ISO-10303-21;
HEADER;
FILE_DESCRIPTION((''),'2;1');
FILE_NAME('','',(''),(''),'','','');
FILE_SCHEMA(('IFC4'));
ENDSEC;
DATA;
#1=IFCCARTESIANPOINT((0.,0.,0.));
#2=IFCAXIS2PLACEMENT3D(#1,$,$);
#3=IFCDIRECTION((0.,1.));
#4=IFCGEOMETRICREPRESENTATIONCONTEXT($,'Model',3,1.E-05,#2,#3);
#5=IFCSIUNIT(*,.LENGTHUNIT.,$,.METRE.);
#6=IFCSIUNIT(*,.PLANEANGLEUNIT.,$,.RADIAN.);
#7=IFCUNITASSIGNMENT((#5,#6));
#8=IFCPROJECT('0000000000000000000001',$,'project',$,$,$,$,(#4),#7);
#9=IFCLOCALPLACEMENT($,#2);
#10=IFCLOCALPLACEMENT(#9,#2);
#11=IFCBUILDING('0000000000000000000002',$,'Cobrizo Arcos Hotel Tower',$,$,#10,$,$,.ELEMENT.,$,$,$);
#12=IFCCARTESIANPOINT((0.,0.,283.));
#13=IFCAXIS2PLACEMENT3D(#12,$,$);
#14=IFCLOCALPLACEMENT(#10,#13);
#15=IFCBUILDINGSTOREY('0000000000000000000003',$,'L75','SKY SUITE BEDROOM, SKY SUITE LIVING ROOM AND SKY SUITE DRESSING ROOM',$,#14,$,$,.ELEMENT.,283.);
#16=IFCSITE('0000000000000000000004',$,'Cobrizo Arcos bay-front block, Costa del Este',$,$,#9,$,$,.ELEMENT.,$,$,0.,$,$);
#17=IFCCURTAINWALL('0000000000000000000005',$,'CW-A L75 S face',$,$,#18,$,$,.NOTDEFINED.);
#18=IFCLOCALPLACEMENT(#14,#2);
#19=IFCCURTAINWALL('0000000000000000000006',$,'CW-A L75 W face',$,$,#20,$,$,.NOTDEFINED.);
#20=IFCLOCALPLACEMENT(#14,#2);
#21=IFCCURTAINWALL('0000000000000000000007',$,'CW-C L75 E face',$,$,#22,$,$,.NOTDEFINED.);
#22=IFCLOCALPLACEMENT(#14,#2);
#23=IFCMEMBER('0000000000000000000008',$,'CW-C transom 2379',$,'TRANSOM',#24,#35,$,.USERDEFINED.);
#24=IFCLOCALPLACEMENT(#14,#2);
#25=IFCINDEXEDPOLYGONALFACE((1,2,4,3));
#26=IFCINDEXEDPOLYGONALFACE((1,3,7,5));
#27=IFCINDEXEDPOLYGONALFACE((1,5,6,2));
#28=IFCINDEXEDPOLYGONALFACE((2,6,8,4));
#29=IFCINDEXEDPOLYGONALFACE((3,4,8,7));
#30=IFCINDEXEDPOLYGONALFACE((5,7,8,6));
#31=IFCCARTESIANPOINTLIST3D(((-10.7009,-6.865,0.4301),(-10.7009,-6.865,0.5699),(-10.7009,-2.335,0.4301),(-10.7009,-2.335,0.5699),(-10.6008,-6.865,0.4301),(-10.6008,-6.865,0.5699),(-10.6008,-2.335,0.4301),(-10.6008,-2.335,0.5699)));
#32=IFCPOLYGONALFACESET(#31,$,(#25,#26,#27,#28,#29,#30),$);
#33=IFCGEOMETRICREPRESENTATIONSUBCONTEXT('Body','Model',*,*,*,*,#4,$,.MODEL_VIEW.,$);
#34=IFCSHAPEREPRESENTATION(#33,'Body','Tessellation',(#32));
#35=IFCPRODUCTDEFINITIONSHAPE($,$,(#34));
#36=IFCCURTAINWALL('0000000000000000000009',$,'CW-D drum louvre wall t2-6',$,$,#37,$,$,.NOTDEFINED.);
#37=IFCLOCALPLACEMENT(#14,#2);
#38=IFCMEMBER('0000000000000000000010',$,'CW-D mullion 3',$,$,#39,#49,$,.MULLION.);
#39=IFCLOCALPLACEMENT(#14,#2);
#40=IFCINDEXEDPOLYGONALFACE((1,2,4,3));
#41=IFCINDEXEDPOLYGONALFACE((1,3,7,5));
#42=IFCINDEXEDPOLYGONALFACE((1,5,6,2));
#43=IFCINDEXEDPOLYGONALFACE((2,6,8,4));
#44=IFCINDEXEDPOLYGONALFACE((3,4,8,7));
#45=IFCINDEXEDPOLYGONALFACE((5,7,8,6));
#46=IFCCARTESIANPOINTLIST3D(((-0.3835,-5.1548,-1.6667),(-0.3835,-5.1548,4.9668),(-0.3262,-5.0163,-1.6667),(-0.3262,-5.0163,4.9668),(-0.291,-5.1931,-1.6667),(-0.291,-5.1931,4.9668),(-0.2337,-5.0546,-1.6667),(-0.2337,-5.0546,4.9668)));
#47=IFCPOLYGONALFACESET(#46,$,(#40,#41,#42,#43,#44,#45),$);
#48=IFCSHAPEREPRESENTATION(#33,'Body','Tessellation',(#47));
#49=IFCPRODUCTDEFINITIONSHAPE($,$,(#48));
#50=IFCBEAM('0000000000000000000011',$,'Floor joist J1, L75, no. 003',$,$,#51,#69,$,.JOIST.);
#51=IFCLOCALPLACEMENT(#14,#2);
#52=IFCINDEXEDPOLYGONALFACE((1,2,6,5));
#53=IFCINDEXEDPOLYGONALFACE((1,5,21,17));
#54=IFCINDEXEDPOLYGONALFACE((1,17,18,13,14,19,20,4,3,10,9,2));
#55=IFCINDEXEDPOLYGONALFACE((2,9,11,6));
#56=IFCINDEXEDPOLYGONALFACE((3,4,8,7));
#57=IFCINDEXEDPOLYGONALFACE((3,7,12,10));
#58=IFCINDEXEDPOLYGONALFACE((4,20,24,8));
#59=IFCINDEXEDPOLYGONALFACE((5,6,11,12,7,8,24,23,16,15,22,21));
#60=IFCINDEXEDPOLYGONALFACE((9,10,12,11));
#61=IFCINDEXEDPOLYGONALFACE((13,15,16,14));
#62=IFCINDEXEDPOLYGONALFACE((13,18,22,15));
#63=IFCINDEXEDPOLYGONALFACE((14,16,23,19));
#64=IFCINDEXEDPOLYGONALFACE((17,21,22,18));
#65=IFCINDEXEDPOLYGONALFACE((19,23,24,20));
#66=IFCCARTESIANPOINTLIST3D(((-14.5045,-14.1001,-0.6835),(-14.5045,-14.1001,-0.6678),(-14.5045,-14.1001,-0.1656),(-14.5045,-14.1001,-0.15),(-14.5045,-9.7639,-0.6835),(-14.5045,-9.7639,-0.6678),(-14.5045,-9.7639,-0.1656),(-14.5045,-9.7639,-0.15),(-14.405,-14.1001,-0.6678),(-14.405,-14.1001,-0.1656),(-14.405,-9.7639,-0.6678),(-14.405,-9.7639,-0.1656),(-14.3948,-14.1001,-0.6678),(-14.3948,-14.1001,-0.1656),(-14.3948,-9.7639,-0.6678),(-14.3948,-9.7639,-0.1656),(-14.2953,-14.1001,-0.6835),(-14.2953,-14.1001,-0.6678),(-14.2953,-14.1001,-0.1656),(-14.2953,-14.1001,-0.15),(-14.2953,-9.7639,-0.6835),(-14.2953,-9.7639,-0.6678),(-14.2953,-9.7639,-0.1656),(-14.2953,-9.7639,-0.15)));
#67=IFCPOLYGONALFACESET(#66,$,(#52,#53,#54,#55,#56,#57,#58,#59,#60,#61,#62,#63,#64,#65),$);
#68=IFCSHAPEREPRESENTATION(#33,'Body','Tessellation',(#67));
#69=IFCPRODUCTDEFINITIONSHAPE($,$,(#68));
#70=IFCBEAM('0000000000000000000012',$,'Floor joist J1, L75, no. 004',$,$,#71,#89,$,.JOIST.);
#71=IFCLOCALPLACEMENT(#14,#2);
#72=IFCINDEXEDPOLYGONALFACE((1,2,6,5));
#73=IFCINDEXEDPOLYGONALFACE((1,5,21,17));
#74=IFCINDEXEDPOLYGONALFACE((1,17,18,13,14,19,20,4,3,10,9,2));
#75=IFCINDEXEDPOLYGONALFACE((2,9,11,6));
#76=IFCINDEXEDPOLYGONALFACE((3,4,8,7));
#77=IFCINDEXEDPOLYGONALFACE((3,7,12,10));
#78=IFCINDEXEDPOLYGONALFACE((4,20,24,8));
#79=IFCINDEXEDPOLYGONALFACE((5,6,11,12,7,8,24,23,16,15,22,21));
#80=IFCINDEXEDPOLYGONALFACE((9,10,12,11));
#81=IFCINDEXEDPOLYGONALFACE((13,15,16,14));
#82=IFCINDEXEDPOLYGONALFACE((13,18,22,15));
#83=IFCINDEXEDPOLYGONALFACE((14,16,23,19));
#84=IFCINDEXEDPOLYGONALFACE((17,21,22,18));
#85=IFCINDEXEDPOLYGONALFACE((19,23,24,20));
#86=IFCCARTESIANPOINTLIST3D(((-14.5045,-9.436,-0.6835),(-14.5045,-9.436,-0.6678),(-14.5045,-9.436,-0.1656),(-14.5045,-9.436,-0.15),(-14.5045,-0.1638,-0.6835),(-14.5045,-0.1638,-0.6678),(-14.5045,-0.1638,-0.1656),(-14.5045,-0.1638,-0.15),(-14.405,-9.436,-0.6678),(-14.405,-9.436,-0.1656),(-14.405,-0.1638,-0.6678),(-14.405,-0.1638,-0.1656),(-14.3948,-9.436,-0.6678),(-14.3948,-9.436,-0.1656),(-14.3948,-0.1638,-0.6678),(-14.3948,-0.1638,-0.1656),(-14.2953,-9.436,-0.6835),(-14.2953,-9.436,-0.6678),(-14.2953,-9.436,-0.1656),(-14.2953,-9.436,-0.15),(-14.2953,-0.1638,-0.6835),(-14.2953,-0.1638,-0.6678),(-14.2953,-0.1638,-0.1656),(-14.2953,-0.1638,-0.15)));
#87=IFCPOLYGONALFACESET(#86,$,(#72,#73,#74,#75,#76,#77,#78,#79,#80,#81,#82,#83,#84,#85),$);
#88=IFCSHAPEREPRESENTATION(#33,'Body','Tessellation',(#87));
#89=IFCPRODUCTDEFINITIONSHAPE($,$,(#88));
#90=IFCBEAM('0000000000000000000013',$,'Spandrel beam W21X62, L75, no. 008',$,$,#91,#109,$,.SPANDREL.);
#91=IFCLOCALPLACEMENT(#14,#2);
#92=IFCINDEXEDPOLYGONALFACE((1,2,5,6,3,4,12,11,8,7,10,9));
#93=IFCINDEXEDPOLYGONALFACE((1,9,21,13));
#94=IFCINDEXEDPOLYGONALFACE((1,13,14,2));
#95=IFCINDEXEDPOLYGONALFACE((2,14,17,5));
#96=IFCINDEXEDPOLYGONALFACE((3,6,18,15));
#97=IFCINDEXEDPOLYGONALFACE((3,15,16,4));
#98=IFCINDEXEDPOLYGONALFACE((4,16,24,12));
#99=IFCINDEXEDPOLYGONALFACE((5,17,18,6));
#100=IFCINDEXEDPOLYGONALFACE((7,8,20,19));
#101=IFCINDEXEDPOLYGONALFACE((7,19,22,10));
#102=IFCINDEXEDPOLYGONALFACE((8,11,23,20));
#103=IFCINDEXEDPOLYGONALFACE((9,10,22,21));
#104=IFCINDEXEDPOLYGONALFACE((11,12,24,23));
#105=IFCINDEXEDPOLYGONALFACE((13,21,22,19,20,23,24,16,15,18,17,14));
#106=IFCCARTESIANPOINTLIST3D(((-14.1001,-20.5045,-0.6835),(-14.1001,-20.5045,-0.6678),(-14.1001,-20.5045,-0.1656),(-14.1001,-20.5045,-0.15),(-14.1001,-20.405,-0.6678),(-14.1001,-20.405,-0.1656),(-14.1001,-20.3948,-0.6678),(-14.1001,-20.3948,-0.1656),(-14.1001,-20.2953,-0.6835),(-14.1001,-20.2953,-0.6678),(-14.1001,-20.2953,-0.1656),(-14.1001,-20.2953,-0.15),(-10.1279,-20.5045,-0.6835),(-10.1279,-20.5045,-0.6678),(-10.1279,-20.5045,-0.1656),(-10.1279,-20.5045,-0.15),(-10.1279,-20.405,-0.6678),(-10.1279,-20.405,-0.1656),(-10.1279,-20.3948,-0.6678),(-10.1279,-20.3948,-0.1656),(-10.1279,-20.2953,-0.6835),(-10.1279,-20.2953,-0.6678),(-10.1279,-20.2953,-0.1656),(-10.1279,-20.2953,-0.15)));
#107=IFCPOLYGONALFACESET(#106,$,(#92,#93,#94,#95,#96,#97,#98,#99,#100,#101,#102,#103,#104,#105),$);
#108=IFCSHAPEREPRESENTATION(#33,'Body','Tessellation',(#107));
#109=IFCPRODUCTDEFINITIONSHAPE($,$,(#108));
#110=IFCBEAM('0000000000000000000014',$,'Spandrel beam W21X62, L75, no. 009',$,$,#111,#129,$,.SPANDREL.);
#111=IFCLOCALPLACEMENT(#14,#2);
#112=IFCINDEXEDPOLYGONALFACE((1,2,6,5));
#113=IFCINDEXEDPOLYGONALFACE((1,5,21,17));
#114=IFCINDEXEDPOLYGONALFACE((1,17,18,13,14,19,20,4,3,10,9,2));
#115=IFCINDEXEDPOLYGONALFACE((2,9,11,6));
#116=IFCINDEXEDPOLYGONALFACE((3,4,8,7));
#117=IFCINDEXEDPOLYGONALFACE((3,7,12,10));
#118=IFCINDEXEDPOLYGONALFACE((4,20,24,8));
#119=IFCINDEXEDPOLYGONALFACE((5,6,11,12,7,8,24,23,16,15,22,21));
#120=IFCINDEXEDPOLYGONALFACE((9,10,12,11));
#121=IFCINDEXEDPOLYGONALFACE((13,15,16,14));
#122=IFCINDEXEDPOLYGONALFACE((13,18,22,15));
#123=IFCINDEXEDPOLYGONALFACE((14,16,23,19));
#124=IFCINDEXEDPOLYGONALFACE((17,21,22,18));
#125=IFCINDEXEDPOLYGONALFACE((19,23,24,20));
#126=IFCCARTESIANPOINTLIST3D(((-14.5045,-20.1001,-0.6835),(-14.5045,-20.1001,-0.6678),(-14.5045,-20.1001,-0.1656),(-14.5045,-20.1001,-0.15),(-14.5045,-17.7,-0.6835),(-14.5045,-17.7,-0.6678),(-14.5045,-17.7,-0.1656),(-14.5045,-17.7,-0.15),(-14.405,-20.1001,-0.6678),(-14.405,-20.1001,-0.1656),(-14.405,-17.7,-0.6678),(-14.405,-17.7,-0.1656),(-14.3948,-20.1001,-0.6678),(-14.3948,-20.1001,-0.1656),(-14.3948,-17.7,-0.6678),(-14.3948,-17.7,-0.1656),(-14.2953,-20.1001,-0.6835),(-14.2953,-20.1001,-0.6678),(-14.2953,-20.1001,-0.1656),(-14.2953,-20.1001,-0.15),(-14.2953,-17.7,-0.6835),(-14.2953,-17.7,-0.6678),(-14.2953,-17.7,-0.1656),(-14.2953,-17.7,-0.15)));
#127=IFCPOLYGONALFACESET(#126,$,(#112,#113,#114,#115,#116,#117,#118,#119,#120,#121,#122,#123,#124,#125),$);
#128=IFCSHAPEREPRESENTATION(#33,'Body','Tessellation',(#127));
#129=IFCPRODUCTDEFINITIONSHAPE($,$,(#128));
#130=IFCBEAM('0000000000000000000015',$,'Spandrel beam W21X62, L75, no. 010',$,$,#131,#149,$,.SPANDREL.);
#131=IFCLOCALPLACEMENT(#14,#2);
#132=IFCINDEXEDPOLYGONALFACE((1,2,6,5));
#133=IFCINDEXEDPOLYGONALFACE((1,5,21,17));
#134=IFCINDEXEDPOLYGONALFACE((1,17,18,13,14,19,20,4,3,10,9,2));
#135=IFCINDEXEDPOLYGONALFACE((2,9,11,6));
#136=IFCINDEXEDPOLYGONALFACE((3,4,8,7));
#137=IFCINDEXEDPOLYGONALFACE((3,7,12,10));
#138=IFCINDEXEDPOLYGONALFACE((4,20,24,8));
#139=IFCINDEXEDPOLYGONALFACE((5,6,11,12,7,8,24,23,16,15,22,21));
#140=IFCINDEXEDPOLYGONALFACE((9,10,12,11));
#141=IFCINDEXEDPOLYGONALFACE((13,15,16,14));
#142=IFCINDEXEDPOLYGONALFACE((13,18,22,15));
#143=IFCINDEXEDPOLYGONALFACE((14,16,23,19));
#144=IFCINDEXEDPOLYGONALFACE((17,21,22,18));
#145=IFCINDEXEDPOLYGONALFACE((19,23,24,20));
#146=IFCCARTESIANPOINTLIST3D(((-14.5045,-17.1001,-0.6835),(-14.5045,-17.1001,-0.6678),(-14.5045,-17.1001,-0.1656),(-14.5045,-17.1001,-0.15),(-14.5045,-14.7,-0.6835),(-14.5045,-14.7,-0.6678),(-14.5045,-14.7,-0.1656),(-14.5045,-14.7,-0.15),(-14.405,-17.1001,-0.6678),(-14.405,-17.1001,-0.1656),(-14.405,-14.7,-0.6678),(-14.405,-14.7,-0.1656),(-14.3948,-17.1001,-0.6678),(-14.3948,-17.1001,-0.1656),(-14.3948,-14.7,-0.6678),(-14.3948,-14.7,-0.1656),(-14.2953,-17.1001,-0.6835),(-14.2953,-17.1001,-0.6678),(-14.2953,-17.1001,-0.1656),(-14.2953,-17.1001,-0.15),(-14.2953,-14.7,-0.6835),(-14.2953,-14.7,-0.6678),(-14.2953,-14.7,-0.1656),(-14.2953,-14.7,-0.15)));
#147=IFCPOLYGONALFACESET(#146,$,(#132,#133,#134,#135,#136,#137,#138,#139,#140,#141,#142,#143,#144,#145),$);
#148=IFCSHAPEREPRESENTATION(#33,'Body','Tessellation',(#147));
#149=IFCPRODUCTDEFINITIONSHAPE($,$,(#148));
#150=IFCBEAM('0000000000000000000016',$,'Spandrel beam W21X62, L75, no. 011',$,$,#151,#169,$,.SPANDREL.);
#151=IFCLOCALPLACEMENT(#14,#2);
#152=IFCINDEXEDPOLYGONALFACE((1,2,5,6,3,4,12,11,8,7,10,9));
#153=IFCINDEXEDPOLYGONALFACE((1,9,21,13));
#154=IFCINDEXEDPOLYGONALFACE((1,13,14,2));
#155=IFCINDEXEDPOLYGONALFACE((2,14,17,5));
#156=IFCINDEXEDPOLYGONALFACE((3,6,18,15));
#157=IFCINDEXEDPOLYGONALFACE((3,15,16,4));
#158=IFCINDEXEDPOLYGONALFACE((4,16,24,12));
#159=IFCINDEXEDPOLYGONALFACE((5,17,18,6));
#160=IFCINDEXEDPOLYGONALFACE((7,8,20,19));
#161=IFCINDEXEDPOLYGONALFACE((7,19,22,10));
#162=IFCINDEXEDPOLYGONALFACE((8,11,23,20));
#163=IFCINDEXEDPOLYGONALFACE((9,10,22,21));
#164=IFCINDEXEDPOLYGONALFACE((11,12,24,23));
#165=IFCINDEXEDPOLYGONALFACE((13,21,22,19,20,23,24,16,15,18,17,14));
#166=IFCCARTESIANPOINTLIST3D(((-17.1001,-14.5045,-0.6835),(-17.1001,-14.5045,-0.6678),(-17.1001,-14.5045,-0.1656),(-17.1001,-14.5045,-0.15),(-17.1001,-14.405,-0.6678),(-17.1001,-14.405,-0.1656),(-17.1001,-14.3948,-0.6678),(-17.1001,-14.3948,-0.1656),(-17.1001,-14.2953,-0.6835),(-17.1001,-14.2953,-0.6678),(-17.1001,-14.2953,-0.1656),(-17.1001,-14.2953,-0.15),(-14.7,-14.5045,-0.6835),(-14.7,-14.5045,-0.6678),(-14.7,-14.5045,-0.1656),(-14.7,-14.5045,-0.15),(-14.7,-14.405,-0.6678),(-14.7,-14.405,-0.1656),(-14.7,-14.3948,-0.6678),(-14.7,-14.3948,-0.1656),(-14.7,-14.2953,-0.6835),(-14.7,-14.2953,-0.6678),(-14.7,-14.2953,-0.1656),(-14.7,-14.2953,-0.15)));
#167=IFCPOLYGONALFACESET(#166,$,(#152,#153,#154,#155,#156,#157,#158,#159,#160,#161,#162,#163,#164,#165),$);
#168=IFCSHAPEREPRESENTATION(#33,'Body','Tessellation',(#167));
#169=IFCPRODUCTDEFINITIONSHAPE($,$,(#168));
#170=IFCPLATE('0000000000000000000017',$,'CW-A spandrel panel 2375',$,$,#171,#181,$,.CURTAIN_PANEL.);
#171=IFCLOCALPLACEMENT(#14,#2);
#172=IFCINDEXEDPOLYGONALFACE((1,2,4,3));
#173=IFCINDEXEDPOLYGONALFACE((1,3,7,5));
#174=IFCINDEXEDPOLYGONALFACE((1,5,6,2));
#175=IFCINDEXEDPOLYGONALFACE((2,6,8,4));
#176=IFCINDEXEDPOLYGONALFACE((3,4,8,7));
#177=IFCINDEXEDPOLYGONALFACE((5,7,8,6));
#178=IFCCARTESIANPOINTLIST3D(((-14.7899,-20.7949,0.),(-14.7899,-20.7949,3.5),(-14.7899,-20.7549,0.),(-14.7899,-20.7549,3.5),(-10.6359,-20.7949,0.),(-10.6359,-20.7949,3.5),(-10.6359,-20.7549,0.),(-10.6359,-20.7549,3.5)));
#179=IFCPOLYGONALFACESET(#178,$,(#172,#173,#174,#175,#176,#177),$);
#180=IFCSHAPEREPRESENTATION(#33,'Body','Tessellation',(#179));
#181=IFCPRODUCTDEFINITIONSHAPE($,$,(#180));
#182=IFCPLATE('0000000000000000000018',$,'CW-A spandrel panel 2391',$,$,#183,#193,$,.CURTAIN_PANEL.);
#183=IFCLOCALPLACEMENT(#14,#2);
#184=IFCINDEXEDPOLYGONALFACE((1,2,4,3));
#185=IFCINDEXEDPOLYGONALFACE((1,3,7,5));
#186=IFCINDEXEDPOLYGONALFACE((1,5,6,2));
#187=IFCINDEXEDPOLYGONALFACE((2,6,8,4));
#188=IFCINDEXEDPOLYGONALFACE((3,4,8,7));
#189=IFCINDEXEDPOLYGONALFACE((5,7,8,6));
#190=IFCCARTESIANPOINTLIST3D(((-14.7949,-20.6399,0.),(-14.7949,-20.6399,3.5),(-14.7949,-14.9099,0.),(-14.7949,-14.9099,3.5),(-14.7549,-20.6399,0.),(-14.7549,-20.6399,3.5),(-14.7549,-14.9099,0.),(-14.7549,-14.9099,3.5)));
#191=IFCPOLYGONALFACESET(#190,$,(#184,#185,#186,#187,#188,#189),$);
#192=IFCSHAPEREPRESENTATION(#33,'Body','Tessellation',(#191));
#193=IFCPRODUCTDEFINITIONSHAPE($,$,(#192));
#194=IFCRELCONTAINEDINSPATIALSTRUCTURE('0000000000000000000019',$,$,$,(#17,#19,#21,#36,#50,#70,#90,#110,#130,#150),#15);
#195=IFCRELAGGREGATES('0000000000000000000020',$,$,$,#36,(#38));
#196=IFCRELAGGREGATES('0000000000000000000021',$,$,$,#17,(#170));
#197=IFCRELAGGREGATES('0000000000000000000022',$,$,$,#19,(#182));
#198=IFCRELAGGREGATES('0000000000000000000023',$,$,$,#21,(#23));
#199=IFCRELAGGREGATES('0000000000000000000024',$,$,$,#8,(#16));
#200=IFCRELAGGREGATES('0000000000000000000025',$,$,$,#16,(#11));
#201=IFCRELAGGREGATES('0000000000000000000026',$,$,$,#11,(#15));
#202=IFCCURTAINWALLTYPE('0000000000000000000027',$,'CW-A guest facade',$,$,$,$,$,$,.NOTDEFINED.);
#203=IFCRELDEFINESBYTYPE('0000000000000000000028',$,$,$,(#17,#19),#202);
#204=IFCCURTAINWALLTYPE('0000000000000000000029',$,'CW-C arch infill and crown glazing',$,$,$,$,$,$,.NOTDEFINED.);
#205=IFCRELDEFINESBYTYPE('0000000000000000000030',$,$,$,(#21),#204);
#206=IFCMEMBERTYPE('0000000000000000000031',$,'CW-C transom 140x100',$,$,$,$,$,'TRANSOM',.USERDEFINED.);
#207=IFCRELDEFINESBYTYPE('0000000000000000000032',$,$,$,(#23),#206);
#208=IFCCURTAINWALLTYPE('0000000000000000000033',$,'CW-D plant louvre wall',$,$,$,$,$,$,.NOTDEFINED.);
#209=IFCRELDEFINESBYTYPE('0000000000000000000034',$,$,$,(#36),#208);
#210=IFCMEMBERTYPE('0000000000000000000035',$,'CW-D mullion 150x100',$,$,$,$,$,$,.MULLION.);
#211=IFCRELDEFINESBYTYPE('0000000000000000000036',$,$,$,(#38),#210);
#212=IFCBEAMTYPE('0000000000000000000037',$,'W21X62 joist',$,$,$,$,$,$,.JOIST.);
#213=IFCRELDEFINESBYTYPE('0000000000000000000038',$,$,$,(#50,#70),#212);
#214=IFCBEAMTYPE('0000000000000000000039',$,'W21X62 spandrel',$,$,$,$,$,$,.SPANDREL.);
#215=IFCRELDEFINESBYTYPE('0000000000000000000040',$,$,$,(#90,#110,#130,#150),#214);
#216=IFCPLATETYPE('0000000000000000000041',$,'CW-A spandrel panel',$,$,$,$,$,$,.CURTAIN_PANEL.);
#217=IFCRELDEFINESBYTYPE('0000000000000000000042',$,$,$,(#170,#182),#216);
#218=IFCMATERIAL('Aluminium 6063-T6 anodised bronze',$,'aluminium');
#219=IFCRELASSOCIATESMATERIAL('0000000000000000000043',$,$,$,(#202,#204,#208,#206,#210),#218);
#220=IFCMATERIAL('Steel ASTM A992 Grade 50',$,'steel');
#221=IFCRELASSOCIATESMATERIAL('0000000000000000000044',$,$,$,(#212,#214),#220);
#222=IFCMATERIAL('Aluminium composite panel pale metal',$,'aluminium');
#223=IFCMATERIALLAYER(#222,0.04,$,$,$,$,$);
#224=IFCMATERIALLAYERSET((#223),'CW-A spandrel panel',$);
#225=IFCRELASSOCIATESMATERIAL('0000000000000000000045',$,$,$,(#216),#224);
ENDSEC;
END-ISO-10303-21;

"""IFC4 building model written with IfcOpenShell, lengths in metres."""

from ifc_helpers import new_model, si_unit, direction, frame, origin, origin_2d, place, context, subcontext, project, spatial, rectangle, i_section, extrude, material, layer, layer_set, material_profile, profile_set, type_object, element, aggregate, save


model = new_model("IFC4")

# Units and contexts
model_context = context("Model", 3, precision=1e-05, world=origin(), true_north=direction((0.0, 1.0)))
body_context = subcontext(model_context, "Body", "Model", "MODEL_VIEW")
ifc_project = project(units=[si_unit("LENGTHUNIT", "METRE"), si_unit("PLANEANGLEUNIT", "RADIAN")], contexts=[model_context])

# Site, building, storey
site_placement = place(None, origin())
site = spatial("IfcSite", under=ifc_project, at=site_placement, Name="Cobrizo Arcos bay-front block, Costa del Este", CompositionType="ELEMENT", RefElevation=0.0)
building_placement = place(site_placement, origin())
building = spatial("IfcBuilding", under=site, at=building_placement, Name="Cobrizo Arcos Hotel Tower", CompositionType="ELEMENT")
storey_placement = place(building_placement, frame((0.0, 0.0, 283.0)))
storey = spatial("IfcBuildingStorey", under=building, at=storey_placement, Name="L75", Description="SKY SUITE BEDROOM, SKY SUITE LIVING ROOM AND SKY SUITE DRESSING ROOM", CompositionType="ELEMENT", Elevation=283.0)

# Curtain wall
ifc_material_1 = material(Name="Aluminium 6063-T6 anodised bronze", Category="aluminium")
curtain_wall_type_1 = type_object("IfcCurtainWallType", Name="CW-A guest facade", PredefinedType="NOTDEFINED", material=ifc_material_1)
curtain_wall_1_placement = place(storey_placement, origin())
curtain_wall_1 = element("IfcCurtainWall", 1, at=curtain_wall_1_placement, inside=storey, type_object=curtain_wall_type_1, Name="CW-A L75 S face", PredefinedType="NOTDEFINED")

# Curtain walls, member
curtain_wall_2_placement = place(storey_placement, origin())
curtain_wall_2 = element("IfcCurtainWall", 2, at=curtain_wall_2_placement, inside=storey, type_object=curtain_wall_type_1, Name="CW-A L75 W face", PredefinedType="NOTDEFINED")
curtain_wall_type_2 = type_object("IfcCurtainWallType", Name="CW-C arch infill and crown glazing", PredefinedType="NOTDEFINED", material=ifc_material_1)
curtain_wall_3_placement = place(storey_placement, origin())
curtain_wall_3 = element("IfcCurtainWall", 3, at=curtain_wall_3_placement, inside=storey, type_object=curtain_wall_type_2, Name="CW-C L75 E face", PredefinedType="NOTDEFINED")
ifc_material_profile_1 = material_profile(ifc_material_1, rectangle(XDim=0.1001, YDim=0.1399, at=origin_2d()), Name="CW-C transom 140x100")
ifc_profile_set_1 = profile_set([ifc_material_profile_1], Name="Aluminium 6063-T6 anodised bronze")
member_type_1 = type_object("IfcMemberType", Name="CW-C transom 140x100", ElementType="TRANSOM", PredefinedType="USERDEFINED", material=ifc_profile_set_1)
member_1_placement = place(storey_placement, frame((-10.6509, -6.865, 0.5), z_axis=(0.0, 1.0, 0.0), x_axis=(-1.0, 0.0, 0.0)))
member_1 = element("IfcMember", 4, at=member_1_placement, type_object=member_type_1, Name="CW-C transom 2379", ObjectType="TRANSOM", PredefinedType="USERDEFINED", context=body_context, shape_type="SweptSolid", body=[
    extrude(rectangle(XDim=0.1001, YDim=0.1399, at=origin_2d()), origin(), (0.0, 0.0, 1.0), 4.53),
])

# Curtain wall, member
curtain_wall_type_3 = type_object("IfcCurtainWallType", Name="CW-D plant louvre wall", PredefinedType="NOTDEFINED", material=ifc_material_1)
curtain_wall_4_placement = place(storey_placement, origin())
curtain_wall_4 = element("IfcCurtainWall", 5, at=curtain_wall_4_placement, inside=storey, type_object=curtain_wall_type_3, Name="CW-D drum louvre wall t2-6", PredefinedType="NOTDEFINED")
ifc_material_profile_2 = material_profile(ifc_material_1, rectangle(XDim=0.1499, YDim=0.1001, at=origin_2d()), Name="CW-D mullion 150x100")
ifc_profile_set_2 = profile_set([ifc_material_profile_2], Name="Aluminium 6063-T6 anodised bronze")
member_type_2 = type_object("IfcMemberType", Name="CW-D mullion 150x100", PredefinedType="MULLION", material=ifc_profile_set_2)
member_2_placement = place(storey_placement, frame((-0.3086, -5.1047, -1.6667), z_axis=(0.0, 0.0, 1.0), x_axis=(-0.382683, -0.92388, 0.0)))
member_2 = element("IfcMember", 6, at=member_2_placement, type_object=member_type_2, Name="CW-D mullion 3", PredefinedType="MULLION", context=body_context, shape_type="SweptSolid", body=[
    extrude(rectangle(XDim=0.1499, YDim=0.1001, at=origin_2d()), origin(), (0.0, 0.0, 1.0), 6.6335),
])
aggregate(curtain_wall_4, [member_2])

# Beams
ifc_material_2 = material(Name="Steel ASTM A992 Grade 50", Category="steel")
ifc_material_profile_3 = material_profile(ifc_material_2, i_section(OverallWidth=0.2092, OverallDepth=0.5334, WebThickness=0.0103, FlangeThickness=0.0156, at=origin_2d()), Name="W21X62")
ifc_profile_set_3 = profile_set([ifc_material_profile_3], Name="Steel ASTM A992 Grade 50")
beam_type_1 = type_object("IfcBeamType", Name="W21X62 joist", PredefinedType="JOIST", material=ifc_profile_set_3)
beam_1_placement = place(storey_placement, frame((-14.3999, -14.1001, -0.4167), z_axis=(0.0, 1.0, 0.0), x_axis=(-1.0, 0.0, 0.0)))
element("IfcBeam", 7, at=beam_1_placement, inside=storey, type_object=beam_type_1, Name="Floor joist J1, L75, no. 003", PredefinedType="JOIST", context=body_context, shape_type="SweptSolid", body=[
    extrude(i_section(OverallWidth=0.2092, OverallDepth=0.5334, WebThickness=0.0103, FlangeThickness=0.0156, at=origin_2d()), origin(), (0.0, 0.0, 1.0), 4.3362),
])
beam_2_placement = place(storey_placement, frame((-14.3999, -9.436, -0.4167), z_axis=(0.0, 1.0, 0.0), x_axis=(-1.0, 0.0, 0.0)))
element("IfcBeam", 8, at=beam_2_placement, inside=storey, type_object=beam_type_1, Name="Floor joist J1, L75, no. 004", PredefinedType="JOIST", context=body_context, shape_type="SweptSolid", body=[
    extrude(i_section(OverallWidth=0.2092, OverallDepth=0.5334, WebThickness=0.0103, FlangeThickness=0.0156, at=origin_2d()), origin(), (0.0, 0.0, 1.0), 9.2722),
])
ifc_material_profile_4 = material_profile(ifc_material_2, i_section(OverallWidth=0.2092, OverallDepth=0.5334, WebThickness=0.0103, FlangeThickness=0.0156, at=origin_2d()), Name="W21X62")
ifc_profile_set_4 = profile_set([ifc_material_profile_4], Name="Steel ASTM A992 Grade 50")
beam_type_2 = type_object("IfcBeamType", Name="W21X62 spandrel", PredefinedType="SPANDREL", material=ifc_profile_set_4)
beam_3_placement = place(storey_placement, frame((-10.1279, -20.3999, -0.4167), z_axis=(-1.0, 0.0, 0.0), x_axis=(0.0, -1.0, 0.0)))
element("IfcBeam", 9, at=beam_3_placement, inside=storey, type_object=beam_type_2, Name="Spandrel beam W21X62, L75, no. 008", PredefinedType="SPANDREL", context=body_context, shape_type="SweptSolid", body=[
    extrude(i_section(OverallWidth=0.2092, OverallDepth=0.5334, WebThickness=0.0103, FlangeThickness=0.0156, at=origin_2d()), origin(), (0.0, 0.0, 1.0), 3.9722),
])
for number, where, z_axis, x_axis, name in (
    (10, (-14.3999, -20.1001, -0.4167), (0.0, 1.0, 0.0), (-1.0, 0.0, 0.0), "Spandrel beam W21X62, L75, no. 009"),
    (11, (-14.3999, -17.1001, -0.4167), (0.0, 1.0, 0.0), (-1.0, 0.0, 0.0), "Spandrel beam W21X62, L75, no. 010"),
    (12, (-14.7, -14.3999, -0.4167), (-1.0, 0.0, 0.0), (0.0, -1.0, 0.0), "Spandrel beam W21X62, L75, no. 011"),
):
    element("IfcBeam", number, at=place(storey_placement, frame(where, z_axis=z_axis, x_axis=x_axis)), inside=storey, type_object=beam_type_2, Name=name, PredefinedType="SPANDREL", context=body_context, shape_type="SweptSolid", body=[
        extrude(i_section(OverallWidth=0.2092, OverallDepth=0.5334, WebThickness=0.0103, FlangeThickness=0.0156, at=origin_2d()), origin(), (0.0, 0.0, 1.0), 2.4001),
    ])

# Plates
ifc_material_3 = material(Name="Aluminium composite panel pale metal", Category="aluminium")
ifc_layer_1 = layer(ifc_material_3, 0.04)
ifc_layer_set_1 = layer_set([ifc_layer_1], Name="CW-A spandrel panel")
plate_type_1 = type_object("IfcPlateType", Name="CW-A spandrel panel", PredefinedType="CURTAIN_PANEL", material=ifc_layer_set_1)
plate_1_placement = place(storey_placement, frame((-12.7129, -20.7749, 0.0), z_axis=(0.0, 0.0, 1.0), x_axis=(1.0, 0.0, 0.0)))
plate_1 = element("IfcPlate", 13, at=plate_1_placement, type_object=plate_type_1, Name="CW-A spandrel panel 2375", PredefinedType="CURTAIN_PANEL", context=body_context, shape_type="SweptSolid", body=[
    extrude(rectangle(XDim=4.1541, YDim=0.04, at=origin_2d()), origin(), (0.0, 0.0, 1.0), 3.5),
])
aggregate(curtain_wall_1, [plate_1])
plate_2_placement = place(storey_placement, frame((-14.7749, -17.7749, 0.0), z_axis=(0.0, 0.0, 1.0), x_axis=(0.0, -1.0, 0.0)))
plate_2 = element("IfcPlate", 14, at=plate_2_placement, type_object=plate_type_1, Name="CW-A spandrel panel 2391", PredefinedType="CURTAIN_PANEL", context=body_context, shape_type="SweptSolid", body=[
    extrude(rectangle(XDim=5.73, YDim=0.04, at=origin_2d()), origin(), (0.0, 0.0, 1.0), 3.5),
])
aggregate(curtain_wall_2, [plate_2])
aggregate(curtain_wall_3, [member_1])

save(model, "model.ifc")
